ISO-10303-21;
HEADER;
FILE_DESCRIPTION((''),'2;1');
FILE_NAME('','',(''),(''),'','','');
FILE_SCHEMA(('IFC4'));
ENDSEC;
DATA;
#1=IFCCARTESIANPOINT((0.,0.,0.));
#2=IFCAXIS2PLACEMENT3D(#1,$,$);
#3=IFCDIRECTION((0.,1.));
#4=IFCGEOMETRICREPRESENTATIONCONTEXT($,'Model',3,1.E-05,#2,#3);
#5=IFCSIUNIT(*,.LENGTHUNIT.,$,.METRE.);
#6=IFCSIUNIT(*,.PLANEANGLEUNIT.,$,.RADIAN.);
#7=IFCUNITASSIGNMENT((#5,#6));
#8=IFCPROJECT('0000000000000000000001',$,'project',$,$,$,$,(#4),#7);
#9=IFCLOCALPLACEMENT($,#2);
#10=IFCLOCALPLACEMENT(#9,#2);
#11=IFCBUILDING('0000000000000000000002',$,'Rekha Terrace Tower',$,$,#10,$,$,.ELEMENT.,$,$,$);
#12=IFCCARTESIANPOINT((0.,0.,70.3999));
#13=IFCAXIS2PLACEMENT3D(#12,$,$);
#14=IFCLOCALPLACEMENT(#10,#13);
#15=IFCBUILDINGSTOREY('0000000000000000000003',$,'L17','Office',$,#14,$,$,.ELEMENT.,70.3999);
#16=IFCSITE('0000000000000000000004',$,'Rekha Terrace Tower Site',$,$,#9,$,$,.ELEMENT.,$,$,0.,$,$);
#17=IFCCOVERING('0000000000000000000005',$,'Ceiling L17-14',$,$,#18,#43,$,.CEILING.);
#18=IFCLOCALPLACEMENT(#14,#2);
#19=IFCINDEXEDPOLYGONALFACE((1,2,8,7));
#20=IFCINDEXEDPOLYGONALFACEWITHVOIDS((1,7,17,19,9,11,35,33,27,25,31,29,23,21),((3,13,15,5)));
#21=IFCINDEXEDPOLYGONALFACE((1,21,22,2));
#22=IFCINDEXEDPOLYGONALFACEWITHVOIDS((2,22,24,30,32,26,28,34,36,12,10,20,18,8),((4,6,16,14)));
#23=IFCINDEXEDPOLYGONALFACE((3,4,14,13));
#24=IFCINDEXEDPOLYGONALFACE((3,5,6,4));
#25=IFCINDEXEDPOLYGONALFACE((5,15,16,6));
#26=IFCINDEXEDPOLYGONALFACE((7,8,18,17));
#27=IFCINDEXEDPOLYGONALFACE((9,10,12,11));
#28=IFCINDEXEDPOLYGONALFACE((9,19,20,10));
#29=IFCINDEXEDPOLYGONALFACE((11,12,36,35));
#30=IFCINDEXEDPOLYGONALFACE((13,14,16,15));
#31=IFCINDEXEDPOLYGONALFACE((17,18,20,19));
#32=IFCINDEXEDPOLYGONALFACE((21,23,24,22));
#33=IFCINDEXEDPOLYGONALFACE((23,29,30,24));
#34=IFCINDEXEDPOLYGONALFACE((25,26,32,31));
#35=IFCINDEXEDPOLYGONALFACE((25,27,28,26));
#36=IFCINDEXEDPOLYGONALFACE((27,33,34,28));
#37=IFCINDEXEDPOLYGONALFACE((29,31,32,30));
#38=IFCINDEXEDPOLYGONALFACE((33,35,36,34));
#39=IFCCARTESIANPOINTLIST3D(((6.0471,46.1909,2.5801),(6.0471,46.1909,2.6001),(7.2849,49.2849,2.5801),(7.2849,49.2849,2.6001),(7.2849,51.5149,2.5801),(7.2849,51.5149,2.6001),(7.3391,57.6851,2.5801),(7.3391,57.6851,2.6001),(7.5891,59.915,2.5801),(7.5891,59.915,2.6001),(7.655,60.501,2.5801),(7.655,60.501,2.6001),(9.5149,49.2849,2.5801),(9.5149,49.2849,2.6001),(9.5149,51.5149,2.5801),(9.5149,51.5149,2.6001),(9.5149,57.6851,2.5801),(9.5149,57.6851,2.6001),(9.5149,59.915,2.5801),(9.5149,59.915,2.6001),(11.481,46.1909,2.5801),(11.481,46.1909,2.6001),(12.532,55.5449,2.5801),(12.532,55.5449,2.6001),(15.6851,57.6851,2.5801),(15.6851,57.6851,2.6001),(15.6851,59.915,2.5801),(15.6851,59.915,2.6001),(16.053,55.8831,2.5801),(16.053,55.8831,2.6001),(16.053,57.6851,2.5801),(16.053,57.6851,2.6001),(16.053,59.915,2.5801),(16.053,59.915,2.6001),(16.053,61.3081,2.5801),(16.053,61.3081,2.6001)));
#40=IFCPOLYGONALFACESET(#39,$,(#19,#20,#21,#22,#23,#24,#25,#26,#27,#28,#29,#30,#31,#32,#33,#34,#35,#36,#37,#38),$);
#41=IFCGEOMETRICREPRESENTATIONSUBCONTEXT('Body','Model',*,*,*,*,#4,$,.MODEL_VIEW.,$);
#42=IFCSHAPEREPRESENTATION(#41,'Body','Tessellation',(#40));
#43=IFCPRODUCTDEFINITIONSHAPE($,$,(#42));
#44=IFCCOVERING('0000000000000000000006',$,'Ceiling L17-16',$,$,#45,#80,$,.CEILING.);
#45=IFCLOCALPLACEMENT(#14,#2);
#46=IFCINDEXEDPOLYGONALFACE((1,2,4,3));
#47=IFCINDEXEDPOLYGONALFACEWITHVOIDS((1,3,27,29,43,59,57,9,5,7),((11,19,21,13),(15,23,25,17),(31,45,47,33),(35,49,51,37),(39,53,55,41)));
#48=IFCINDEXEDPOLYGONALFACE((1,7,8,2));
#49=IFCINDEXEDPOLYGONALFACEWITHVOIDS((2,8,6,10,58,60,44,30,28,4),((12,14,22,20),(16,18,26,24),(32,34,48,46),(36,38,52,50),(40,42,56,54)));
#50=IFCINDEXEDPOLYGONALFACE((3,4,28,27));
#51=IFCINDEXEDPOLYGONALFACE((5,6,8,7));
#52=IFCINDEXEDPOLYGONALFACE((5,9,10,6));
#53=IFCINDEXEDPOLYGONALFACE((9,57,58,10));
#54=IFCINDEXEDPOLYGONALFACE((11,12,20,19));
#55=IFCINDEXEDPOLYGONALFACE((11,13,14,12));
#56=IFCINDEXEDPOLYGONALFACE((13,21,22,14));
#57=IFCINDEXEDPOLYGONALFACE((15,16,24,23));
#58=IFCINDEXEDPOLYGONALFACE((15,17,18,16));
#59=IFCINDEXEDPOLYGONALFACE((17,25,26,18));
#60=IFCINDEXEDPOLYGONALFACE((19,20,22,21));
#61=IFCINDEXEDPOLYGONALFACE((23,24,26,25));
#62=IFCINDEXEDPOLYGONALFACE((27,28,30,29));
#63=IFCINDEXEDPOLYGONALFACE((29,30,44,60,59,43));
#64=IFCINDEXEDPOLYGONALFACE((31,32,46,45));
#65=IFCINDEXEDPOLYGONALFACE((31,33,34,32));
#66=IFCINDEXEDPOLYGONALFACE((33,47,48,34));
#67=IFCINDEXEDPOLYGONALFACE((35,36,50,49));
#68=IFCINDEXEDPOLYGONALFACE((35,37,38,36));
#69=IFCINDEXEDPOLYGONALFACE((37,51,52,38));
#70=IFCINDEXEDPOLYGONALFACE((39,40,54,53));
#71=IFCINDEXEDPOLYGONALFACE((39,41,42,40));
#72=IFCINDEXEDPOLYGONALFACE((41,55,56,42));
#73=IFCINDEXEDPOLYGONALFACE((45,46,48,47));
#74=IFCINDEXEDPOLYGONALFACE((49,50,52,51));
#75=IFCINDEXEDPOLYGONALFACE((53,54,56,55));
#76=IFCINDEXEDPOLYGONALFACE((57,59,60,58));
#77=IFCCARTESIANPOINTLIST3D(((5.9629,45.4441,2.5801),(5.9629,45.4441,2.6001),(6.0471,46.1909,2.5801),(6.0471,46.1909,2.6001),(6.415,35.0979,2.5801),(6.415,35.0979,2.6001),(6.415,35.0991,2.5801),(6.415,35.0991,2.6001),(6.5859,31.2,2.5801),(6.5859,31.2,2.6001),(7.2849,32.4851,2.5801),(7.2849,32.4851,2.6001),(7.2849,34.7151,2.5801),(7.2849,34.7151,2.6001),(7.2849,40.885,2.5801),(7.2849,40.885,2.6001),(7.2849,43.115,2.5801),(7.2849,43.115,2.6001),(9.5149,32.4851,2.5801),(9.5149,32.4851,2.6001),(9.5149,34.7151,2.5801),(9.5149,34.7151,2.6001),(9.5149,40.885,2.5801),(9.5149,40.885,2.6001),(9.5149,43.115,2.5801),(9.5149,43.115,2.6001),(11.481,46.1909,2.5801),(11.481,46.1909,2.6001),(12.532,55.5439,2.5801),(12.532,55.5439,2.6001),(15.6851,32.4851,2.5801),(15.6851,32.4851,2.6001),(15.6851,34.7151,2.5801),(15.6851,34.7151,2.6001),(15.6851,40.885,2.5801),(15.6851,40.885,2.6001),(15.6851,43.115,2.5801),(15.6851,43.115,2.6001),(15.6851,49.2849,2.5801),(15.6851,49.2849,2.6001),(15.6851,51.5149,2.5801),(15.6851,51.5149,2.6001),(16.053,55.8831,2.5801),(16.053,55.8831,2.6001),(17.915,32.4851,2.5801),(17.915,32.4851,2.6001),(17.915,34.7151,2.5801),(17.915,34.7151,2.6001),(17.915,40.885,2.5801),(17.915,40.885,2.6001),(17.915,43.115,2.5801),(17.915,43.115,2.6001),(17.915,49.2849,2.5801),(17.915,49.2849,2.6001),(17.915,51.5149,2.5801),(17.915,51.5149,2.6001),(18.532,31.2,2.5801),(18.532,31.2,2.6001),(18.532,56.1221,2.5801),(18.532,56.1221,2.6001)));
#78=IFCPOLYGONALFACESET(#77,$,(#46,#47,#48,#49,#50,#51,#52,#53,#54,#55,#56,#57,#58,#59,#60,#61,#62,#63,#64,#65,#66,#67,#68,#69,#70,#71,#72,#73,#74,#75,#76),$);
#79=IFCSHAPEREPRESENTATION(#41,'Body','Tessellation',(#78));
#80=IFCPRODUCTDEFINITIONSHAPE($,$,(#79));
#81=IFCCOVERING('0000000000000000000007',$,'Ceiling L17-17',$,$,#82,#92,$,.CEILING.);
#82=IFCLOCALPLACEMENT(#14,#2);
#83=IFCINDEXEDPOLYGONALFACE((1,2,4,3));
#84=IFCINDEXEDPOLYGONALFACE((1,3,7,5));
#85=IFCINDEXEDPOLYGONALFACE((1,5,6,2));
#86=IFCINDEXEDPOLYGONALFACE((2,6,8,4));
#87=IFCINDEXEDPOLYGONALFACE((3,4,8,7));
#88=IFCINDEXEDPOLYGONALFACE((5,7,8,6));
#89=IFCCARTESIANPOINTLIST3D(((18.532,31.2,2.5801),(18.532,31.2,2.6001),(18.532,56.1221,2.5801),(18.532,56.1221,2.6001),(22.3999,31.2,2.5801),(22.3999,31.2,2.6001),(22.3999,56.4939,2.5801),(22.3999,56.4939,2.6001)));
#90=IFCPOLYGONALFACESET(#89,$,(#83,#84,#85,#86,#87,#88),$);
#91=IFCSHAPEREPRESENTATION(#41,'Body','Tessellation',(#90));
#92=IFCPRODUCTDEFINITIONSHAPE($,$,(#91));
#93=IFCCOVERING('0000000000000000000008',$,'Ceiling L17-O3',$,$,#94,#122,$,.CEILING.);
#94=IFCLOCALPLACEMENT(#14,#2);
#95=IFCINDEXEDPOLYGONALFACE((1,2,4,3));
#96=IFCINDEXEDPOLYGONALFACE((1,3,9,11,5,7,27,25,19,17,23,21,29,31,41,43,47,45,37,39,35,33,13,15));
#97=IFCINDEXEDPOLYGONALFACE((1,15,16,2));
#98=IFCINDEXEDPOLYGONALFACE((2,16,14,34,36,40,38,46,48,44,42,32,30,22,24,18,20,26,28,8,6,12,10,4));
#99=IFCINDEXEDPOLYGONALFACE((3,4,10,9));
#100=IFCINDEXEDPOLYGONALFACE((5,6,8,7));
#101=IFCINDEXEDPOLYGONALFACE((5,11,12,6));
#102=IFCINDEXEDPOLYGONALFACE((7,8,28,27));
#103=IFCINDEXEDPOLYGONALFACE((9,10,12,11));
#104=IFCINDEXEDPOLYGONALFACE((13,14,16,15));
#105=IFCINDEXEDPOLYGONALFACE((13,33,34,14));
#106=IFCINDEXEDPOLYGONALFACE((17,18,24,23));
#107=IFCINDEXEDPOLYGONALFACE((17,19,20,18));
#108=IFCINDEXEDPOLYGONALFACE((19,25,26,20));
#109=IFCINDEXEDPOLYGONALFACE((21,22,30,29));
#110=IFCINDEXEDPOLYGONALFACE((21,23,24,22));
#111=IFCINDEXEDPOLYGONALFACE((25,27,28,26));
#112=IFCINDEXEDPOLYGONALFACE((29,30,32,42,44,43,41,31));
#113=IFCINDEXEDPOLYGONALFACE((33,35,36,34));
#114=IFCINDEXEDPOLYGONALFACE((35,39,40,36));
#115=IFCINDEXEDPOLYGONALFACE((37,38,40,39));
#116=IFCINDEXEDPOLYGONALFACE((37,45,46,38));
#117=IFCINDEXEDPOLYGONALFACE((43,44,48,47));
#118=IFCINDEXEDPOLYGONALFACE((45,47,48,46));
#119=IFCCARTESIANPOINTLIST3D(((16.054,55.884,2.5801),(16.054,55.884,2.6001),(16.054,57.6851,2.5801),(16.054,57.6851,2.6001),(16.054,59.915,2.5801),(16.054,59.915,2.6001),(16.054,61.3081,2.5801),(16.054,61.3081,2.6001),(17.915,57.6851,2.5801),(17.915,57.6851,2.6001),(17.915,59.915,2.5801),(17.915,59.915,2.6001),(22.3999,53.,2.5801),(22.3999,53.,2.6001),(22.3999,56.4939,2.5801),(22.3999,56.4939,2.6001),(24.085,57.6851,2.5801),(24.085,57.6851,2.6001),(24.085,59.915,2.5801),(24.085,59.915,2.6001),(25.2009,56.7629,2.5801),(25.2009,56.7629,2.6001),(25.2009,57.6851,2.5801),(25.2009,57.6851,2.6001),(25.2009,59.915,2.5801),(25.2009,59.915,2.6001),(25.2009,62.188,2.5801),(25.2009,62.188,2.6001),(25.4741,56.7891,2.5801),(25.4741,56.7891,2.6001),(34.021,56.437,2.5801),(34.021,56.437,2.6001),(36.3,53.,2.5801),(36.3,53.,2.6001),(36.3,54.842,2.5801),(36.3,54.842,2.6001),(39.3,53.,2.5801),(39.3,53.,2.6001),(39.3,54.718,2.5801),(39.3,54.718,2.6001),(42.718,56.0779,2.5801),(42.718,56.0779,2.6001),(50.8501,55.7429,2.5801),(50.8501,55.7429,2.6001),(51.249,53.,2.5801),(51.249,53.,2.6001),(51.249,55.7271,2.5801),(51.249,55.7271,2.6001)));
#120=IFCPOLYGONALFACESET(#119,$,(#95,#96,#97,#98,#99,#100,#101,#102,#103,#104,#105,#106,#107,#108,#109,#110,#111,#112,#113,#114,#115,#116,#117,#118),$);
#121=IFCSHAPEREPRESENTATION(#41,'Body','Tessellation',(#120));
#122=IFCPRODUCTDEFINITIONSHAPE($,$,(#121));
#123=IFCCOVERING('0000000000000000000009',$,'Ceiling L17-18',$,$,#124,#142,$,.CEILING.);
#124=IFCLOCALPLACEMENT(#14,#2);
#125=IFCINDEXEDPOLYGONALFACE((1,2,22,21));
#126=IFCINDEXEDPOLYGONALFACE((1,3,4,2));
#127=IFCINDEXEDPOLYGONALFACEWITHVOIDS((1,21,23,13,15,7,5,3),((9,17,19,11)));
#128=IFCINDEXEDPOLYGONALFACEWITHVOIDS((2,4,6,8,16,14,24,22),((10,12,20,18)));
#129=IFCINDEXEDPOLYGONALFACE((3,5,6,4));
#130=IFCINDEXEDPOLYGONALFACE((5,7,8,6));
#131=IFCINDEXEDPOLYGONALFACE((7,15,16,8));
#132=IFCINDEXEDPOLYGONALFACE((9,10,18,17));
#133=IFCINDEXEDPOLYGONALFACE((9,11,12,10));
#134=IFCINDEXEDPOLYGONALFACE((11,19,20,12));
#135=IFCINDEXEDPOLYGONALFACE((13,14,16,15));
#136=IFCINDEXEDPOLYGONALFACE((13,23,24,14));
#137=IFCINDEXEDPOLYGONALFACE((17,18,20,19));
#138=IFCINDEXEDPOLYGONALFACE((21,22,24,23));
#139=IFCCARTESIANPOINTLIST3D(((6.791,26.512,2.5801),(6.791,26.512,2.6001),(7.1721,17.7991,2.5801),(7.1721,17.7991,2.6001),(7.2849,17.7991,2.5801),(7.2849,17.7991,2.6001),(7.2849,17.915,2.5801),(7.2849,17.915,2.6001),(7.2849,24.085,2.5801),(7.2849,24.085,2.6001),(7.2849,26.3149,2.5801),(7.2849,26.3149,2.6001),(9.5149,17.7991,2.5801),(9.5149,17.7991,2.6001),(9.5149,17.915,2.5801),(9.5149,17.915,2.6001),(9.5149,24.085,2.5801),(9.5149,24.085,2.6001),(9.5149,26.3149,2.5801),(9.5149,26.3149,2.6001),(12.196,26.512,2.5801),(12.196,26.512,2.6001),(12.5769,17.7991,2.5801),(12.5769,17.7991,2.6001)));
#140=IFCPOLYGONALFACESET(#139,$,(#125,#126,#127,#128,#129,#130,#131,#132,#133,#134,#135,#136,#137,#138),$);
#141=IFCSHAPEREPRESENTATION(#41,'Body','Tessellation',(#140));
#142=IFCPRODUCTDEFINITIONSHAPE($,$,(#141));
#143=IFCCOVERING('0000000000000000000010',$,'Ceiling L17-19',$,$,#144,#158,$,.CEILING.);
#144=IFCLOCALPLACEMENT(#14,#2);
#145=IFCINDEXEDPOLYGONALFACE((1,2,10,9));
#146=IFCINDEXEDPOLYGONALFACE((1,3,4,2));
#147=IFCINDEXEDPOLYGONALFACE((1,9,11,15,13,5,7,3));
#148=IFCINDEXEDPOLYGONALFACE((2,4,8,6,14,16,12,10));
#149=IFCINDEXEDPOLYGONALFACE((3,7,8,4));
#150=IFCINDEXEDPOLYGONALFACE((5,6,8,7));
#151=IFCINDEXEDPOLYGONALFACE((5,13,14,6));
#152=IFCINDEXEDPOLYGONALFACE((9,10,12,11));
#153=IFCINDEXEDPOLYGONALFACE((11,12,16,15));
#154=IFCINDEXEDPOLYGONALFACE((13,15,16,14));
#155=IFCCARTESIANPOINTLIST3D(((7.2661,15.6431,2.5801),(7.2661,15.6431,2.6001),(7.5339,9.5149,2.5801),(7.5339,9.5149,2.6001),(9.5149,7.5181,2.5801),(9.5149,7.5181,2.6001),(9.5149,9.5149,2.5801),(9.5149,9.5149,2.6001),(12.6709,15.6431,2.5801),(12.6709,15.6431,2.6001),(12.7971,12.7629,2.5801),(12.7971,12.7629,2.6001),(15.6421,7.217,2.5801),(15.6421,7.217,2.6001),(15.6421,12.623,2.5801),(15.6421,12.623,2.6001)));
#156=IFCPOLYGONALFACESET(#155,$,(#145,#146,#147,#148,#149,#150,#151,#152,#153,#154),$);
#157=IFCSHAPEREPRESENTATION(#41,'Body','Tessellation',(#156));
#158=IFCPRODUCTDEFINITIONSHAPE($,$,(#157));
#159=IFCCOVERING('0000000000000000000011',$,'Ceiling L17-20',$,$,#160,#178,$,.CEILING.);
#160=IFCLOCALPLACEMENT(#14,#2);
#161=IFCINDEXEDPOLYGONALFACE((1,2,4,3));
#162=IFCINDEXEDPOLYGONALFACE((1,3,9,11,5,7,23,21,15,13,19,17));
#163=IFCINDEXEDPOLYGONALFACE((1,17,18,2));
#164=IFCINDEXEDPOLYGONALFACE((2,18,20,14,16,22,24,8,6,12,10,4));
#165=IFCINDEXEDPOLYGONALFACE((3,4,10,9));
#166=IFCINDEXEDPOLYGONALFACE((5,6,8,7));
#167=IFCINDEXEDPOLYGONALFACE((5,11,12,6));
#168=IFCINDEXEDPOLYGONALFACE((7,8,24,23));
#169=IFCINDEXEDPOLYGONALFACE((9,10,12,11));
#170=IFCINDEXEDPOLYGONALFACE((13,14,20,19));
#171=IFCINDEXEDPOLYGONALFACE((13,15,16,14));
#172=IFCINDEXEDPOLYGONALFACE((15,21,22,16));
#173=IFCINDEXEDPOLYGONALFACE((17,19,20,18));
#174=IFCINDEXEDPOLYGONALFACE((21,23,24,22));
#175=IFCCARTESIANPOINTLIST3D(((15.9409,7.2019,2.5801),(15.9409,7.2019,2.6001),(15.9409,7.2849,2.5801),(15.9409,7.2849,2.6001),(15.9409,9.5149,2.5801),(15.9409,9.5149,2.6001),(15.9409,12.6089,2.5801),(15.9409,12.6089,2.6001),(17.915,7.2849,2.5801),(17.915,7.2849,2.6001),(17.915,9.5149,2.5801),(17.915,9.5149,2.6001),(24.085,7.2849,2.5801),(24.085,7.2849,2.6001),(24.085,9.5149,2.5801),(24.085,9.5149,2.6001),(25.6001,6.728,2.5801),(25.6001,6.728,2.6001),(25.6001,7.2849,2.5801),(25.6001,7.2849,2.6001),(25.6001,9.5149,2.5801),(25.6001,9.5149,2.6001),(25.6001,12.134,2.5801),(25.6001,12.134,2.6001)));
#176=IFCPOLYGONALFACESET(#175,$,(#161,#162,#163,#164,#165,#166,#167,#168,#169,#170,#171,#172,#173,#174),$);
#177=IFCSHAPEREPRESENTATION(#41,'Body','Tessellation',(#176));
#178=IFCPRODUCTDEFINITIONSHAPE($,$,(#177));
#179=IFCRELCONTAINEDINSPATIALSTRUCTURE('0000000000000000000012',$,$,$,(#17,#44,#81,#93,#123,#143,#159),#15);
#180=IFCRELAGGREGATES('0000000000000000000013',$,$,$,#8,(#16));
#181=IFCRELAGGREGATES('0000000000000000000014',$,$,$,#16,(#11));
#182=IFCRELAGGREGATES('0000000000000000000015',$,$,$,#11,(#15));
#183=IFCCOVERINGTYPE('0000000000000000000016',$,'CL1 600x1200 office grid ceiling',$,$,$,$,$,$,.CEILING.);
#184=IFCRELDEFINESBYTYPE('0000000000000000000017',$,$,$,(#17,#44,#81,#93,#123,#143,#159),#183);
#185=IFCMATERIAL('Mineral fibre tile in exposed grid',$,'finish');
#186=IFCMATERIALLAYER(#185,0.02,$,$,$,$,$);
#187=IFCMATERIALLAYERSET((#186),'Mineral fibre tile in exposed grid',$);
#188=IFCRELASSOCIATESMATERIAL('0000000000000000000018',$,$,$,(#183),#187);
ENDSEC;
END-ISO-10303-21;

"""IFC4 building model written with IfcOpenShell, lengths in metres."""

from ifc_helpers import new_model, si_unit, direction, frame, origin, place, context, subcontext, project, spatial, polyline, outline, extrude, material, layer, layer_set, type_object, element, save


model = new_model("IFC4")

# Units and contexts
model_context = context("Model", 3, precision=1e-05, world=origin(), true_north=direction((0.0, 1.0)))
body_context = subcontext(model_context, "Body", "Model", "MODEL_VIEW")
ifc_project = project(units=[si_unit("LENGTHUNIT", "METRE"), si_unit("PLANEANGLEUNIT", "RADIAN")], contexts=[model_context])

# Site, building, storey
site_placement = place(None, origin())
site = spatial("IfcSite", under=ifc_project, at=site_placement, Name="Rekha Terrace Tower Site", CompositionType="ELEMENT", RefElevation=0.0)
building_placement = place(site_placement, origin())
building = spatial("IfcBuilding", under=site, at=building_placement, Name="Rekha Terrace Tower", CompositionType="ELEMENT")
storey_placement = place(building_placement, frame((0.0, 0.0, 70.3999)))
storey = spatial("IfcBuildingStorey", under=building, at=storey_placement, Name="L17", Description="Office", CompositionType="ELEMENT", Elevation=70.3999)

# Coverings
ifc_material_1 = material(Name="Mineral fibre tile in exposed grid", Category="finish")
ifc_layer_1 = layer(ifc_material_1, 0.02)
ifc_layer_set_1 = layer_set([ifc_layer_1], Name="Mineral fibre tile in exposed grid")
covering_type_1 = type_object("IfcCoveringType", Name="CL1 600x1200 office grid ceiling", PredefinedType="CEILING", material=ifc_layer_set_1)
covering_1_placement = place(storey_placement, frame((0.0, 0.0, 2.5801)))
element("IfcCovering", 1, at=covering_1_placement, inside=storey, type_object=covering_type_1, Name="Ceiling L17-14", PredefinedType="CEILING", context=body_context, shape_type="SweptSolid", body=[
    extrude(outline(polyline([(7.3391, 57.6851), (6.0471, 46.1909), (11.481, 46.1909), (12.532, 55.5449), (16.053, 55.8831), (16.053, 57.6851), (15.6851, 57.6851), (15.6851, 59.915), (16.053, 59.915), (16.053, 61.3081), (7.655, 60.501), (7.5891, 59.915), (9.5149, 59.915), (9.5149, 57.6851), (7.3391, 57.6851)]), holes=[polyline([(9.5149, 51.5149), (9.5149, 49.2849), (7.2849, 49.2849), (7.2849, 51.5149), (9.5149, 51.5149)])]), origin(), (0.0, 0.0, 1.0), 0.02),
])
covering_2_placement = place(storey_placement, frame((0.0, 0.0, 2.5801)))
element("IfcCovering", 2, at=covering_2_placement, inside=storey, type_object=covering_type_1, Name="Ceiling L17-16", PredefinedType="CEILING", context=body_context, shape_type="SweptSolid", body=[
    extrude(outline(polyline([(11.481, 46.1909), (6.0471, 46.1909), (5.9629, 45.4441), (6.415, 35.0991), (6.415, 35.0979), (6.5859, 31.2), (18.532, 31.2), (18.532, 56.1221), (16.053, 55.8831), (12.532, 55.5439), (11.481, 46.1909)]), holes=[polyline([(17.915, 32.4851), (15.6851, 32.4851), (15.6851, 34.7151), (17.915, 34.7151), (17.915, 32.4851)]), polyline([(17.915, 40.885), (15.6851, 40.885), (15.6851, 43.115), (17.915, 43.115), (17.915, 40.885)]), polyline([(17.915, 49.2849), (15.6851, 49.2849), (15.6851, 51.5149), (17.915, 51.5149), (17.915, 49.2849)]), polyline([(9.5149, 32.4851), (7.2849, 32.4851), (7.2849, 34.7151), (9.5149, 34.7151), (9.5149, 32.4851)]), polyline([(9.5149, 40.885), (7.2849, 40.885), (7.2849, 43.115), (9.5149, 43.115), (9.5149, 40.885)])]), origin(), (0.0, 0.0, 1.0), 0.02),
])
covering_3_placement = place(storey_placement, frame((0.0, 0.0, 2.5801)))
element("IfcCovering", 3, at=covering_3_placement, inside=storey, type_object=covering_type_1, Name="Ceiling L17-17", PredefinedType="CEILING", context=body_context, shape_type="SweptSolid", body=[
    extrude(outline(polyline([(18.532, 31.2), (22.3999, 31.2), (22.3999, 56.4939), (18.532, 56.1221), (18.532, 31.2)])), origin(), (0.0, 0.0, 1.0), 0.02),
])
covering_4_placement = place(storey_placement, frame((0.0, 0.0, 2.5801)))
element("IfcCovering", 4, at=covering_4_placement, inside=storey, type_object=covering_type_1, Name="Ceiling L17-O3", PredefinedType="CEILING", context=body_context, shape_type="SweptSolid", body=[
    extrude(outline(polyline([(25.2009, 59.915), (25.2009, 62.188), (16.054, 61.3081), (16.054, 59.915), (17.915, 59.915), (17.915, 57.6851), (16.054, 57.6851), (16.054, 55.884), (22.3999, 56.4939), (22.3999, 53.0), (36.3, 53.0), (36.3, 54.842), (39.3, 54.718), (39.3, 53.0), (51.249, 53.0), (51.249, 55.7271), (50.8501, 55.7429), (42.718, 56.0779), (34.021, 56.437), (25.4741, 56.7891), (25.2009, 56.7629), (25.2009, 57.6851), (24.085, 57.6851), (24.085, 59.915), (25.2009, 59.915)])), origin(), (0.0, 0.0, 1.0), 0.02),
])
covering_5_placement = place(storey_placement, frame((0.0, 0.0, 2.5801)))
element("IfcCovering", 5, at=covering_5_placement, inside=storey, type_object=covering_type_1, Name="Ceiling L17-18", PredefinedType="CEILING", context=body_context, shape_type="SweptSolid", body=[
    extrude(outline(polyline([(12.196, 26.512), (6.791, 26.512), (7.1721, 17.7991), (7.2849, 17.7991), (7.2849, 17.915), (9.5149, 17.915), (9.5149, 17.7991), (12.5769, 17.7991), (12.196, 26.512)]), holes=[polyline([(9.5149, 24.085), (7.2849, 24.085), (7.2849, 26.3149), (9.5149, 26.3149), (9.5149, 24.085)])]), origin(), (0.0, 0.0, 1.0), 0.02),
])
covering_6_placement = place(storey_placement, frame((0.0, 0.0, 2.5801)))
element("IfcCovering", 6, at=covering_6_placement, inside=storey, type_object=covering_type_1, Name="Ceiling L17-19", PredefinedType="CEILING", context=body_context, shape_type="SweptSolid", body=[
    extrude(outline(polyline([(9.5149, 7.5181), (15.6421, 7.217), (15.6421, 12.623), (12.7971, 12.7629), (12.6709, 15.6431), (7.2661, 15.6431), (7.5339, 9.5149), (9.5149, 9.5149), (9.5149, 7.5181)])), origin(), (0.0, 0.0, 1.0), 0.02),
])
covering_7_placement = place(storey_placement, frame((0.0, 0.0, 2.5801)))
element("IfcCovering", 7, at=covering_7_placement, inside=storey, type_object=covering_type_1, Name="Ceiling L17-20", PredefinedType="CEILING", context=body_context, shape_type="SweptSolid", body=[
    extrude(outline(polyline([(15.9409, 7.2849), (15.9409, 7.2019), (25.6001, 6.728), (25.6001, 7.2849), (24.085, 7.2849), (24.085, 9.5149), (25.6001, 9.5149), (25.6001, 12.134), (15.9409, 12.6089), (15.9409, 9.5149), (17.915, 9.5149), (17.915, 7.2849), (15.9409, 7.2849)])), origin(), (0.0, 0.0, 1.0), 0.02),
])

save(model, "model.ifc")
